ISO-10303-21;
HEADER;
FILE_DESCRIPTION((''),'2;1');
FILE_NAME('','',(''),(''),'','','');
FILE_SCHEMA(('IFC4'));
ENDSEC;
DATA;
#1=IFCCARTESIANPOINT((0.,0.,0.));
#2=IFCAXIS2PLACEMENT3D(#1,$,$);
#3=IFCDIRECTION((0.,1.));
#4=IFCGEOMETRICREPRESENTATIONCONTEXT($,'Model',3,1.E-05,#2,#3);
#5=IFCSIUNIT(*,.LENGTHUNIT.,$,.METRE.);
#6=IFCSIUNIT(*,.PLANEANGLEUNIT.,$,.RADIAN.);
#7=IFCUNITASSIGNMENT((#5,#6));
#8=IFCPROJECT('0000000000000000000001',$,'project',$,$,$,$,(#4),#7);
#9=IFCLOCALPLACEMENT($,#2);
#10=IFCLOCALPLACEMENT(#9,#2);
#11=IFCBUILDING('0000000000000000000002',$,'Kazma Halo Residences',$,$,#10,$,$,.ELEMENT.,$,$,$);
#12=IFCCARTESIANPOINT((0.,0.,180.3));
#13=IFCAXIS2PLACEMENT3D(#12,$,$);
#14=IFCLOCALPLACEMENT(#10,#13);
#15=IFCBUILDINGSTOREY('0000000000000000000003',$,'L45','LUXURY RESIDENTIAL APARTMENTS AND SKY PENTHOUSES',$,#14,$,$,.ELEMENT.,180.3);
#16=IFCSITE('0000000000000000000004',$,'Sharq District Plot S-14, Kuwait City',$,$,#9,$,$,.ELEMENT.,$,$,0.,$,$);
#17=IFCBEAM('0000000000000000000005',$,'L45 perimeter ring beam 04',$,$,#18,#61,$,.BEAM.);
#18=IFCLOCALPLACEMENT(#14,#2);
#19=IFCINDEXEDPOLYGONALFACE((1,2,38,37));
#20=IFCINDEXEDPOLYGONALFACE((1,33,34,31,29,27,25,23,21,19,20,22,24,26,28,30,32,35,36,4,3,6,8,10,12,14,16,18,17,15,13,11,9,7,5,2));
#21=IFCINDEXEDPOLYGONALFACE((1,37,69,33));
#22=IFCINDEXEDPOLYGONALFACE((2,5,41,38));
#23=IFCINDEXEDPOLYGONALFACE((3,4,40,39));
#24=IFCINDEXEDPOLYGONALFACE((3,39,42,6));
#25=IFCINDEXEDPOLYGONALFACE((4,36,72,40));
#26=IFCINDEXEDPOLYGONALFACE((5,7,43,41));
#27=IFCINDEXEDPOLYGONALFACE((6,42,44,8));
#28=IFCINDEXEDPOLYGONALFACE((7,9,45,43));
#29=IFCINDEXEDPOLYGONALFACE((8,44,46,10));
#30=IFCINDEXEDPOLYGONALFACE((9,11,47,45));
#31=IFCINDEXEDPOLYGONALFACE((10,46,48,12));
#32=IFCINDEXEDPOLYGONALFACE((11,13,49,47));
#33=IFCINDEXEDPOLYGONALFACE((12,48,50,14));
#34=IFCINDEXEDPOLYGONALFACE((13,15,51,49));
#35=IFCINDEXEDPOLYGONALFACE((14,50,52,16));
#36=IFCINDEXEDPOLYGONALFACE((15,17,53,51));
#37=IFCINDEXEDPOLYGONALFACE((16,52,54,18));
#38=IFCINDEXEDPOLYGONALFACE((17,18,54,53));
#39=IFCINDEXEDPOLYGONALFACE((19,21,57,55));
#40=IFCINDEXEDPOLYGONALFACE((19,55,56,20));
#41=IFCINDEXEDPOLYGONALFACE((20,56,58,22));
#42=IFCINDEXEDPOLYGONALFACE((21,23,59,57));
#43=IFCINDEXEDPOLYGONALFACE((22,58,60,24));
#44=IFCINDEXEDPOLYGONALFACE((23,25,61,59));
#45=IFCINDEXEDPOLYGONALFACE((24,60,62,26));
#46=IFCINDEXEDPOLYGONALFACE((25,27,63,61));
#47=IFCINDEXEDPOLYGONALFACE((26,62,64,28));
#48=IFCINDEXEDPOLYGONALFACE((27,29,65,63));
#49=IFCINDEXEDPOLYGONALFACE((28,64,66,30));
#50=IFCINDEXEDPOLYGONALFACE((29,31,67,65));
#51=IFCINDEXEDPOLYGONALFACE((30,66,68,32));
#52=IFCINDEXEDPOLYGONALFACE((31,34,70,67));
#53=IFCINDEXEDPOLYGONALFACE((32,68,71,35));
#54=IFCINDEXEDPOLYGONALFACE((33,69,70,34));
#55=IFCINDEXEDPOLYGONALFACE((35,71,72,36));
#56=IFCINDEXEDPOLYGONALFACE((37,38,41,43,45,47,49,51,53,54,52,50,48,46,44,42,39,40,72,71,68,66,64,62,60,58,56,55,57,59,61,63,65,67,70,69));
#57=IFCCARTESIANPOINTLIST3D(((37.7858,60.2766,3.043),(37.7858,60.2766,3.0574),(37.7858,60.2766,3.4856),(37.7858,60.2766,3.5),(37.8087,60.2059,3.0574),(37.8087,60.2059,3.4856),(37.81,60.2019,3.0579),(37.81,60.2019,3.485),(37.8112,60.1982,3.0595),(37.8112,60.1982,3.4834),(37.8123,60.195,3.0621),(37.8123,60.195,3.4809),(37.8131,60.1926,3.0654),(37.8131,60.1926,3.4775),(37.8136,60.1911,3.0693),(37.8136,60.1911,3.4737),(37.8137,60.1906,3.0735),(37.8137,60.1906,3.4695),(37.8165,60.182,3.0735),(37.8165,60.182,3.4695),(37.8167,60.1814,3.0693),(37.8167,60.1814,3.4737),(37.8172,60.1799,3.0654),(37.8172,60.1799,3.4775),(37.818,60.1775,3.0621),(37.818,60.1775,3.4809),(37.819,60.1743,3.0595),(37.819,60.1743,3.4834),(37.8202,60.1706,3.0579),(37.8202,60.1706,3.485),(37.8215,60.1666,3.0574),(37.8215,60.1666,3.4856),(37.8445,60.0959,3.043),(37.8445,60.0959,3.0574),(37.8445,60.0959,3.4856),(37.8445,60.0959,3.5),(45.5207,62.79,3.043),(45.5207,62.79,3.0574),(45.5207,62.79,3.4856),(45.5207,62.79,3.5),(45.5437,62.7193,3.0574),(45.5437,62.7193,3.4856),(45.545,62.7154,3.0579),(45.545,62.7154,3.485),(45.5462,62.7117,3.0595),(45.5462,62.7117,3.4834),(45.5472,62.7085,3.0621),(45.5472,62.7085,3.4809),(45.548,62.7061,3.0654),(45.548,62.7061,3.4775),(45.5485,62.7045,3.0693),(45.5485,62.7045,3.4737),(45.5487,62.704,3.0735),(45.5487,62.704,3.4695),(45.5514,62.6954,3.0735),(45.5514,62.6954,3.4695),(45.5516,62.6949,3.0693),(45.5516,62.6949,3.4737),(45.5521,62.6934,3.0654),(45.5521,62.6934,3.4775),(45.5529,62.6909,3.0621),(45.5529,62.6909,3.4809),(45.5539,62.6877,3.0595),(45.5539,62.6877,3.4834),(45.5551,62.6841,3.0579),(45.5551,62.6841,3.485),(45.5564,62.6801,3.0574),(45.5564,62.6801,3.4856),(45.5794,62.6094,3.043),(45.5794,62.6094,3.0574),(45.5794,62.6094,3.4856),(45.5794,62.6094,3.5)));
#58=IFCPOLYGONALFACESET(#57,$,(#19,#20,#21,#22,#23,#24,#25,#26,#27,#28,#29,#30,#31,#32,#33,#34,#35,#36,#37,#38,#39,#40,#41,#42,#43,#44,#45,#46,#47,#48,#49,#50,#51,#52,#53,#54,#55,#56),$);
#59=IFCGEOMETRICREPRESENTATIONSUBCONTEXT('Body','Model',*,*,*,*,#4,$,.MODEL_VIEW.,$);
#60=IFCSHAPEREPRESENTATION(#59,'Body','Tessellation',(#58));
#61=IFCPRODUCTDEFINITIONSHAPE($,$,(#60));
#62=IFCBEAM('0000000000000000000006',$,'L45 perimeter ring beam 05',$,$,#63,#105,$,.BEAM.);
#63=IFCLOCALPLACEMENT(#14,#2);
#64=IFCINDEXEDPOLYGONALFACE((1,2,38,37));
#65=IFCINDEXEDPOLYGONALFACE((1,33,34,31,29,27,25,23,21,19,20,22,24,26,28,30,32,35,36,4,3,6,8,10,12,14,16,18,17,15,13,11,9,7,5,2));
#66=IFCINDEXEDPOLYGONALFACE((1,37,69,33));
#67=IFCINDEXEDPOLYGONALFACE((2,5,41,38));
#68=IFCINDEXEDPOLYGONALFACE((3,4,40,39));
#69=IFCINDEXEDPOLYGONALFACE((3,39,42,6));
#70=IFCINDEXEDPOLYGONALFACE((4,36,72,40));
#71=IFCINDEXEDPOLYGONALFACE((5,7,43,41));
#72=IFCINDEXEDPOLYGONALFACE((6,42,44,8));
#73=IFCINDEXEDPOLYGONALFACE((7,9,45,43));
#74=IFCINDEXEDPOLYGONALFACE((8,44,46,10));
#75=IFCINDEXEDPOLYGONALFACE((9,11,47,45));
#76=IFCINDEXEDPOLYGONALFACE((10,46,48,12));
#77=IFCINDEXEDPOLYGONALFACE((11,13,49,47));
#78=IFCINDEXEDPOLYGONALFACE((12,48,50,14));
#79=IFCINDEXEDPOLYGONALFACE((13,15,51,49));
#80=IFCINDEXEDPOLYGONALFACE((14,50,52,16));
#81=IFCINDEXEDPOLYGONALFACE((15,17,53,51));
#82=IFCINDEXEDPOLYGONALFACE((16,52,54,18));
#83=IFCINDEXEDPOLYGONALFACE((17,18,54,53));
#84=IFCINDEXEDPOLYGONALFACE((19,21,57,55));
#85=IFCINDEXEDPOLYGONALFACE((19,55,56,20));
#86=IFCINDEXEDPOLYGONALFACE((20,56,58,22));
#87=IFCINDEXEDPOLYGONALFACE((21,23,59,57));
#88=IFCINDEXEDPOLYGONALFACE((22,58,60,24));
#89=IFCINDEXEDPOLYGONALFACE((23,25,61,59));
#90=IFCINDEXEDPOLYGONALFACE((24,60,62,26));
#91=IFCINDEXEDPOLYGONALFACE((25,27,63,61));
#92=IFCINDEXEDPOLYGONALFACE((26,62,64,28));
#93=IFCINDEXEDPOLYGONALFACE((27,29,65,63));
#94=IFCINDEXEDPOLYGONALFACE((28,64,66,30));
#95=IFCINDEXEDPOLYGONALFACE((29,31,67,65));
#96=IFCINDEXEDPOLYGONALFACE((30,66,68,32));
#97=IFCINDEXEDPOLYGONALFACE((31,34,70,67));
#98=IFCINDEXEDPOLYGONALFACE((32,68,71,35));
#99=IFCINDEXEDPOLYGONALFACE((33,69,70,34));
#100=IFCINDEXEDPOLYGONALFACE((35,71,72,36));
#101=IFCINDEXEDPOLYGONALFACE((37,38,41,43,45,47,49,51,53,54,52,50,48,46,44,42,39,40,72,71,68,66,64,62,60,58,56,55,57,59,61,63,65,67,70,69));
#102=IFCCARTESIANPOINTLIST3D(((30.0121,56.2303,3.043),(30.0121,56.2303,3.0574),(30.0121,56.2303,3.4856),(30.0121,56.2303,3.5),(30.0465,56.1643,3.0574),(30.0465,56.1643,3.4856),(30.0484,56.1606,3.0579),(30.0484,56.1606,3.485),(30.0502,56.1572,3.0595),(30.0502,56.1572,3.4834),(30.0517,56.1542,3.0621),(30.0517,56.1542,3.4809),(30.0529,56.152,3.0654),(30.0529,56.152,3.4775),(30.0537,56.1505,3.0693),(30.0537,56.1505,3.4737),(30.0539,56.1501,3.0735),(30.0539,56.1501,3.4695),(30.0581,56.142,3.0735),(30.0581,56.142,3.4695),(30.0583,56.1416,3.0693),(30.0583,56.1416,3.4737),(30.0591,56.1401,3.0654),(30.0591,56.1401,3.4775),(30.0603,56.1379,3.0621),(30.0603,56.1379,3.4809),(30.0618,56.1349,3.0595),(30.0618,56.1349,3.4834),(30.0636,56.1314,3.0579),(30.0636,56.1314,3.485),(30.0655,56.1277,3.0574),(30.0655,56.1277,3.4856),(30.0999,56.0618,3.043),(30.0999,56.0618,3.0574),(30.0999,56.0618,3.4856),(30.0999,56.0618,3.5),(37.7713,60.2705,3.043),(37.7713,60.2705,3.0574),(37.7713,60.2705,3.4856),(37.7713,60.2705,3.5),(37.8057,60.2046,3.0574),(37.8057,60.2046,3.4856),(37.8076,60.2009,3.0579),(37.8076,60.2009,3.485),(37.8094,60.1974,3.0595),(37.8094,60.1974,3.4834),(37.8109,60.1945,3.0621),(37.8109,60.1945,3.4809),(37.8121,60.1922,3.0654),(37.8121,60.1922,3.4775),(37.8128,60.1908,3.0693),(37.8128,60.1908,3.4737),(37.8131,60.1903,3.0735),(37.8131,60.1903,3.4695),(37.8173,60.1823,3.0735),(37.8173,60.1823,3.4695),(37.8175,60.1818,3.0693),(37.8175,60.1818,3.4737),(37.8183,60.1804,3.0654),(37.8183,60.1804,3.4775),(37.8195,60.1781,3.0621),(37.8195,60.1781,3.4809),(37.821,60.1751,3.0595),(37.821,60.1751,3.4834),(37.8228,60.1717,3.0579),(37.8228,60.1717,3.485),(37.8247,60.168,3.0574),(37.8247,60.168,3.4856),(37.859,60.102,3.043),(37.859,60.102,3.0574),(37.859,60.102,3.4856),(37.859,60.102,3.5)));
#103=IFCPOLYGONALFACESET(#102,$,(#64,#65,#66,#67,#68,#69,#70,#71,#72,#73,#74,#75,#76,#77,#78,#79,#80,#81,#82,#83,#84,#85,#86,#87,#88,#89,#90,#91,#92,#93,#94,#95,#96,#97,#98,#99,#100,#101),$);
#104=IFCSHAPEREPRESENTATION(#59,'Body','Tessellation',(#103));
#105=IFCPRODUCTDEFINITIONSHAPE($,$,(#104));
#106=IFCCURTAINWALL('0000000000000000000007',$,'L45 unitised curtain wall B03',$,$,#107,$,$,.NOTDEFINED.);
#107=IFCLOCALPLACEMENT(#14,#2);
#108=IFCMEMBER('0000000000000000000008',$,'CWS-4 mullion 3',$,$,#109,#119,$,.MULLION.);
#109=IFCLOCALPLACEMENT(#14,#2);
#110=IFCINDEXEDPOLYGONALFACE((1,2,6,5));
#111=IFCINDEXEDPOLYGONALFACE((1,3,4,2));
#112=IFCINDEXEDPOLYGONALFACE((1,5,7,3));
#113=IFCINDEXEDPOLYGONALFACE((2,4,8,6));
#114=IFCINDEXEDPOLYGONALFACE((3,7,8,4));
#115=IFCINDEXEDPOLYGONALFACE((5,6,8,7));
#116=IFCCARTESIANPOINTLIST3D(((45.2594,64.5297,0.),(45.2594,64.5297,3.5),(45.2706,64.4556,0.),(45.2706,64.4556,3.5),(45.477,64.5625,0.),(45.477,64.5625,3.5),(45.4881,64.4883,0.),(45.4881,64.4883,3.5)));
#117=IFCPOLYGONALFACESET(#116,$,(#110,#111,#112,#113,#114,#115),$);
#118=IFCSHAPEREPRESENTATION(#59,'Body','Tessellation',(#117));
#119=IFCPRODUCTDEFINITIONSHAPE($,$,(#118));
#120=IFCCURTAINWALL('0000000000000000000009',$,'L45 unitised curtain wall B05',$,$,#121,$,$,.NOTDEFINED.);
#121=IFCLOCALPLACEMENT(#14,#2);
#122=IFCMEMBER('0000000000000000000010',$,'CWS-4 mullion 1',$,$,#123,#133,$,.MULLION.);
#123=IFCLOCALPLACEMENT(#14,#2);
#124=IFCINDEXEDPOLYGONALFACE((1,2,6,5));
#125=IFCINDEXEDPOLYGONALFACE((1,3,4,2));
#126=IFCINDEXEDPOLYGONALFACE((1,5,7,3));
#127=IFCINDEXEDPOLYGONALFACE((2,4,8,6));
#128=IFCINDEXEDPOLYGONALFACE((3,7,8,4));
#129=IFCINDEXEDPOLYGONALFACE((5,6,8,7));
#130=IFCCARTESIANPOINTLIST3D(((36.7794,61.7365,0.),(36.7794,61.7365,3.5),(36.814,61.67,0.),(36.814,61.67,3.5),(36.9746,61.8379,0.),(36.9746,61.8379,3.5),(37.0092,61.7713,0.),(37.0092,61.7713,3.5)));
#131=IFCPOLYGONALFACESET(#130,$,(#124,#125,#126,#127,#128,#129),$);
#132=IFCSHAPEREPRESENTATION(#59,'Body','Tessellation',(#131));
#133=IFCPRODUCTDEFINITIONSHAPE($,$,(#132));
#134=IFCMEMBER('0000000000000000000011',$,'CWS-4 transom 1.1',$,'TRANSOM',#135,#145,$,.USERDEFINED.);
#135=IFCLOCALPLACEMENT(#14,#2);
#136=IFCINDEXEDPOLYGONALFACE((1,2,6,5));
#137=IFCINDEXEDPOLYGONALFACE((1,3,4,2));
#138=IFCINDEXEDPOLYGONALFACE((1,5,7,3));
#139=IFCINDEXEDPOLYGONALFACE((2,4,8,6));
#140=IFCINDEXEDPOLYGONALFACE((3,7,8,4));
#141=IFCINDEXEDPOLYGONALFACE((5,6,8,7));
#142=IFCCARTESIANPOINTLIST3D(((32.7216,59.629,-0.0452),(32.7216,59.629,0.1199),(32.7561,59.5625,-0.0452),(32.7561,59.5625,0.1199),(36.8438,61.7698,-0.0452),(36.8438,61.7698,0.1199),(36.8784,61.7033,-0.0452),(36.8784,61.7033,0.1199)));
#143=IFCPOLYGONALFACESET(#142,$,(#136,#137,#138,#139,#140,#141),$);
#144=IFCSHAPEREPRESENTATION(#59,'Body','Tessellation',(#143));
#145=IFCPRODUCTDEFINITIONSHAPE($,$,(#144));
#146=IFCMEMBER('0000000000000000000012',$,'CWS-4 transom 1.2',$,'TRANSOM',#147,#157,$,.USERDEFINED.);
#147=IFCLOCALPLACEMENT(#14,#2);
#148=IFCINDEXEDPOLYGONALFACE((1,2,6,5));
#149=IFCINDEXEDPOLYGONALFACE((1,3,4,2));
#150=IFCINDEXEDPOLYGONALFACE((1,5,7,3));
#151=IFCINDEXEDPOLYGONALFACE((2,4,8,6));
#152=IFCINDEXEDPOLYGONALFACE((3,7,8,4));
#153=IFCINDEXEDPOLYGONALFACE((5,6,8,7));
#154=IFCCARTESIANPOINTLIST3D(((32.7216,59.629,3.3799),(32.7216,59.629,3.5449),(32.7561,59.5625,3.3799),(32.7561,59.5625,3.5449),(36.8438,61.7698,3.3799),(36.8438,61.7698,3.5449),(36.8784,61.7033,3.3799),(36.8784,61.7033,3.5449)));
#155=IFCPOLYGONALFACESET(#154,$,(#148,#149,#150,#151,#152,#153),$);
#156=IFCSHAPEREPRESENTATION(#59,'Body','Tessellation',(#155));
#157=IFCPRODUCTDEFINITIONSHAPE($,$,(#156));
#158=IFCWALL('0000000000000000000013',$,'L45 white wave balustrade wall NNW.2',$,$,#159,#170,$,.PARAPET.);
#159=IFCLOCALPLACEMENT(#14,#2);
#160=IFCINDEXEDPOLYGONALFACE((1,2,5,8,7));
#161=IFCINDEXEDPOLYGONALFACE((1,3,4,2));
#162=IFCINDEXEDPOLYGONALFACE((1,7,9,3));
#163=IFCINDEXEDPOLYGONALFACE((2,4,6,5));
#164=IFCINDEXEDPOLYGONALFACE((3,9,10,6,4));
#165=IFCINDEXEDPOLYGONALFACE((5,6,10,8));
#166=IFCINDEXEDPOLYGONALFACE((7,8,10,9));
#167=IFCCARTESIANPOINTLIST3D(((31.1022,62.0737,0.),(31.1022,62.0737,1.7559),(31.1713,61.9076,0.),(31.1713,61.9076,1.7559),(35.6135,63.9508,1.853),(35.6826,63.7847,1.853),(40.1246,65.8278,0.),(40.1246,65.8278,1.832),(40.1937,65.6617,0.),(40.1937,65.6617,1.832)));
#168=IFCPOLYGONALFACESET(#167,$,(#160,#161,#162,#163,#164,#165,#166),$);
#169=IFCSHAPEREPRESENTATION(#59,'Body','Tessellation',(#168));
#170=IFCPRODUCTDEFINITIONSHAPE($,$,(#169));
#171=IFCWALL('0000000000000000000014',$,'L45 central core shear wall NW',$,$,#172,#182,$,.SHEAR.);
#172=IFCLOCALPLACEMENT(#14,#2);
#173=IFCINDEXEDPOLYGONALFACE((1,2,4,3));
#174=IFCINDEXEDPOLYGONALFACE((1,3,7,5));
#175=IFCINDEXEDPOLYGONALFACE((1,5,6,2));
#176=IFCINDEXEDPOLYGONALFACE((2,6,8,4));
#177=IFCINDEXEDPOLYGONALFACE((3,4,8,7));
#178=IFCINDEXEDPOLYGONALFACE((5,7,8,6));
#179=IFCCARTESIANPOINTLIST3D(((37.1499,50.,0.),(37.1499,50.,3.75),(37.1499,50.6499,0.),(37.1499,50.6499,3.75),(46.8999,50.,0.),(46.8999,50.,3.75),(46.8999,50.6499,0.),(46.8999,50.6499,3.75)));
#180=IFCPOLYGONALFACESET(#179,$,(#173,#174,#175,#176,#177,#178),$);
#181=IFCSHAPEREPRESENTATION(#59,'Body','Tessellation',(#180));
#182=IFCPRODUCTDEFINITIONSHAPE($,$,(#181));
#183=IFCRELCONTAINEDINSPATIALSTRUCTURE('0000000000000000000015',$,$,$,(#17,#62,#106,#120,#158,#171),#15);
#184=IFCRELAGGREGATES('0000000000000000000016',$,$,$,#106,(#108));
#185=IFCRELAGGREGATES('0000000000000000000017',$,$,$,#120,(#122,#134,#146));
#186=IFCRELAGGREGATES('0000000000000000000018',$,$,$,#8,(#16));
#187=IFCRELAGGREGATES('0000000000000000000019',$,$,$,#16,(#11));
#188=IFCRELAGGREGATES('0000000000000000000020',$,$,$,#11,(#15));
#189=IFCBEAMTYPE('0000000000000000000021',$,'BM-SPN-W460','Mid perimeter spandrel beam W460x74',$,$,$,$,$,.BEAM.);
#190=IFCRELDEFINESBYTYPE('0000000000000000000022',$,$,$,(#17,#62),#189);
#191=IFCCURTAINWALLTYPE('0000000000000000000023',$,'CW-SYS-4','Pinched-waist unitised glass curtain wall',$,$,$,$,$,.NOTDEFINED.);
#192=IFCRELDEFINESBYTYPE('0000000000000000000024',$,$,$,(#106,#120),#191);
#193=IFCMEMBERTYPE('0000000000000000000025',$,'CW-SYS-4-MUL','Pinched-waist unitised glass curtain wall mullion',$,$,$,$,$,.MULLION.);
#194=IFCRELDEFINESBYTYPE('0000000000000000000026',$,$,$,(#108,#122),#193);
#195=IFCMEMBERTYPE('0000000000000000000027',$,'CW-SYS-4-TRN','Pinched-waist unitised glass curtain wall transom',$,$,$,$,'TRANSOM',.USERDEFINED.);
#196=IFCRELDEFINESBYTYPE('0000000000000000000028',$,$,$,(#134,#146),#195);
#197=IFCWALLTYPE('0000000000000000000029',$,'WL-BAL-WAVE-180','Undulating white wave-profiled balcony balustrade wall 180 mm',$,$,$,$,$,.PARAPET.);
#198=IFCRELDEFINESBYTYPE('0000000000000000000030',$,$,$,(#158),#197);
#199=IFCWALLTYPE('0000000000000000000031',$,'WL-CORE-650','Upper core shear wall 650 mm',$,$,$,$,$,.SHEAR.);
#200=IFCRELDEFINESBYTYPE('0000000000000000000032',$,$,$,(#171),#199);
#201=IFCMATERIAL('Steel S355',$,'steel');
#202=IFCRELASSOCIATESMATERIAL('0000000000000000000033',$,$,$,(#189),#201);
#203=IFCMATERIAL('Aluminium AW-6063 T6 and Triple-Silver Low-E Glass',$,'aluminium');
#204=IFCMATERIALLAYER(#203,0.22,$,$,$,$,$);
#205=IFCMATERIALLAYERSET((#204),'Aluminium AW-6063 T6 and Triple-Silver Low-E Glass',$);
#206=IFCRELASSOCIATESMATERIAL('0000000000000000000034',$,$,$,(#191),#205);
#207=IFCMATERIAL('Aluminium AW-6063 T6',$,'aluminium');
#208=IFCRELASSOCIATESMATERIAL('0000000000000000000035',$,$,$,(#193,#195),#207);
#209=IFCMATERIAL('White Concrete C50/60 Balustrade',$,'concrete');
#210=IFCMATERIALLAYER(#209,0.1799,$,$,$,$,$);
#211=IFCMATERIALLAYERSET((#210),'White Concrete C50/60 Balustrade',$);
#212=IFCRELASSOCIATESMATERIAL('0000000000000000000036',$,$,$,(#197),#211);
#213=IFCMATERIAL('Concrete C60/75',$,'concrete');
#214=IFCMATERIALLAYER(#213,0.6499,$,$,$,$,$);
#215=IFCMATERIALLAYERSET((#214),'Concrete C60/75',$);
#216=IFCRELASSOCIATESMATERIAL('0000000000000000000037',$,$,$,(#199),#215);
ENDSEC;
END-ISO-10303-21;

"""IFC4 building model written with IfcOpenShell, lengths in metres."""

from ifc_helpers import new_model, si_unit, direction, frame, frame_2d, origin, origin_2d, place, context, subcontext, project, spatial, polyline, rectangle, i_section, outline, extrude, material, layer, layer_set, material_profile, profile_set, type_object, element, aggregate, save


model = new_model("IFC4")

# Units and contexts
model_context = context("Model", 3, precision=1e-05, world=origin(), true_north=direction((0.0, 1.0)))
body_context = subcontext(model_context, "Body", "Model", "MODEL_VIEW")
ifc_project = project(units=[si_unit("LENGTHUNIT", "METRE"), si_unit("PLANEANGLEUNIT", "RADIAN")], contexts=[model_context])

# Site, building, storey
site_placement = place(None, origin())
site = spatial("IfcSite", under=ifc_project, at=site_placement, Name="Sharq District Plot S-14, Kuwait City", CompositionType="ELEMENT", RefElevation=0.0)
building_placement = place(site_placement, origin())
building = spatial("IfcBuilding", under=site, at=building_placement, Name="Kazma Halo Residences", CompositionType="ELEMENT")
storey_placement = place(building_placement, frame((0.0, 0.0, 180.3)))
storey = spatial("IfcBuildingStorey", under=building, at=storey_placement, Name="L45", Description="LUXURY RESIDENTIAL APARTMENTS AND SKY PENTHOUSES", CompositionType="ELEMENT", Elevation=180.3)

# Beams
ifc_material_1 = material(Name="Steel S355", Category="steel")
ifc_material_profile_1 = material_profile(ifc_material_1, i_section(OverallWidth=0.1899, OverallDepth=0.457, WebThickness=0.009, FlangeThickness=0.0144, FilletRadius=0.0161, at=origin_2d()), Name="W460x74")
ifc_profile_set_1 = profile_set([ifc_material_profile_1], Name="Steel S355")
beam_type_1 = type_object("IfcBeamType", Name="BM-SPN-W460", Description="Mid perimeter spandrel beam W460x74", PredefinedType="BEAM", material=ifc_profile_set_1)
beam_1_placement = place(storey_placement, frame((45.55, 62.6997, 3.2715), z_axis=(-0.951049, -0.309041, 0.0), x_axis=(0.309041, -0.951049, 0.0)))
element("IfcBeam", 1, at=beam_1_placement, inside=storey, type_object=beam_type_1, Name="L45 perimeter ring beam 04", PredefinedType="BEAM", context=body_context, shape_type="SweptSolid", body=[
    extrude(i_section(OverallWidth=0.1899, OverallDepth=0.457, WebThickness=0.009, FlangeThickness=0.0144, FilletRadius=0.0161, at=origin_2d()), origin(), (0.0, 0.0, 1.0), 8.1331),
])
beam_2_placement = place(storey_placement, frame((37.8152, 60.1863, 3.2715), z_axis=(-0.886961, -0.461844, 0.0), x_axis=(0.461844, -0.886961, 0.0)))
element("IfcBeam", 2, at=beam_2_placement, inside=storey, type_object=beam_type_1, Name="L45 perimeter ring beam 05", PredefinedType="BEAM", context=body_context, shape_type="SweptSolid", body=[
    extrude(i_section(OverallWidth=0.1899, OverallDepth=0.457, WebThickness=0.009, FlangeThickness=0.0144, FilletRadius=0.0161, at=origin_2d()), origin(), (0.0, 0.0, 1.0), 8.748),
])

# Curtain wall, member
ifc_material_2 = material(Name="Aluminium AW-6063 T6 and Triple-Silver Low-E Glass", Category="aluminium")
ifc_layer_1 = layer(ifc_material_2, 0.22)
ifc_layer_set_1 = layer_set([ifc_layer_1], Name="Aluminium AW-6063 T6 and Triple-Silver Low-E Glass")
curtain_wall_type = type_object("IfcCurtainWallType", Name="CW-SYS-4", Description="Pinched-waist unitised glass curtain wall", PredefinedType="NOTDEFINED", material=ifc_layer_set_1)
curtain_wall_1_placement = place(storey_placement, origin())
curtain_wall_1 = element("IfcCurtainWall", 3, at=curtain_wall_1_placement, inside=storey, type_object=curtain_wall_type, Name="L45 unitised curtain wall B03", PredefinedType="NOTDEFINED")
ifc_material_3 = material(Name="Aluminium AW-6063 T6", Category="aluminium")
ifc_material_profile_2 = material_profile(ifc_material_3, rectangle(XDim=0.075, YDim=0.22, at=origin_2d()), Name="CWM-75x220")
ifc_profile_set_2 = profile_set([ifc_material_profile_2], Name="Aluminium AW-6063 T6")
member_type_1 = type_object("IfcMemberType", Name="CW-SYS-4-MUL", Description="Pinched-waist unitised glass curtain wall mullion", PredefinedType="MULLION", material=ifc_profile_set_2)
member_1_placement = place(storey_placement, frame((45.3738, 64.509, 0.0), z_axis=(0.0, 0.0, 1.0), x_axis=(0.148773, -0.988871, 0.0)))
member_1 = element("IfcMember", 4, at=member_1_placement, type_object=member_type_1, Name="CWS-4 mullion 3", PredefinedType="MULLION", context=body_context, shape_type="SweptSolid", body=[
    extrude(rectangle(XDim=0.075, YDim=0.22, at=origin_2d()), origin(), (0.0, 0.0, 1.0), 3.5),
])
aggregate(curtain_wall_1, [member_1])

# Curtain wall, members
curtain_wall_2_placement = place(storey_placement, origin())
curtain_wall_2 = element("IfcCurtainWall", 5, at=curtain_wall_2_placement, inside=storey, type_object=curtain_wall_type, Name="L45 unitised curtain wall B05", PredefinedType="NOTDEFINED")
member_2_placement = place(storey_placement, frame((36.8943, 61.7539, 0.0), z_axis=(0.0, 0.0, 1.0), x_axis=(0.460874, -0.887466, 0.0)))
member_2 = element("IfcMember", 6, at=member_2_placement, type_object=member_type_1, Name="CWS-4 mullion 1", PredefinedType="MULLION", context=body_context, shape_type="SweptSolid", body=[
    extrude(rectangle(XDim=0.075, YDim=0.22, at=origin_2d()), origin(), (0.0, 0.0, 1.0), 3.5),
])
ifc_material_profile_3 = material_profile(ifc_material_3, rectangle(XDim=0.075, YDim=0.165, at=origin_2d()), Name="CWT-75x165")
ifc_profile_set_3 = profile_set([ifc_material_profile_3], Name="Aluminium AW-6063 T6")
member_type_2 = type_object("IfcMemberType", Name="CW-SYS-4-TRN", Description="Pinched-waist unitised glass curtain wall transom", ElementType="TRANSOM", PredefinedType="USERDEFINED", material=ifc_profile_set_3)
member_3_placement = place(storey_placement, frame((36.8611, 61.7366, 0.0374), z_axis=(-0.887458, -0.460889, 0.0), x_axis=(0.460889, -0.887458, 0.0)))
member_3 = element("IfcMember", 7, at=member_3_placement, type_object=member_type_2, Name="CWS-4 transom 1.1", ObjectType="TRANSOM", PredefinedType="USERDEFINED", context=body_context, shape_type="SweptSolid", body=[
    extrude(rectangle(XDim=0.075, YDim=0.165, at=origin_2d()), origin(), (0.0, 0.0, 1.0), 4.645),
])
member_4_placement = place(storey_placement, frame((36.8611, 61.7366, 3.4624), z_axis=(-0.887458, -0.460889, 0.0), x_axis=(0.460889, -0.887458, 0.0)))
member_4 = element("IfcMember", 8, at=member_4_placement, type_object=member_type_2, Name="CWS-4 transom 1.2", ObjectType="TRANSOM", PredefinedType="USERDEFINED", context=body_context, shape_type="SweptSolid", body=[
    extrude(rectangle(XDim=0.075, YDim=0.165, at=origin_2d()), origin(), (0.0, 0.0, 1.0), 4.645),
])
aggregate(curtain_wall_2, [member_2, member_3, member_4])

# Walls
ifc_material_4 = material(Name="White Concrete C50/60 Balustrade", Category="concrete")
ifc_layer_2 = layer(ifc_material_4, 0.1799)
ifc_layer_set_2 = layer_set([ifc_layer_2], Name="White Concrete C50/60 Balustrade")
wall_type_1 = type_object("IfcWallType", Name="WL-BAL-WAVE-180", Description="Undulating white wave-profiled balcony balustrade wall 180 mm", PredefinedType="PARAPET", material=ifc_layer_set_2)
wall_1_placement = place(storey_placement, frame((40.1592, 65.7446, 0.0), z_axis=(0.0, 0.0, 1.0), x_axis=(-0.923266, -0.384161, 0.0)))
element("IfcWall", 9, at=wall_1_placement, inside=storey, type_object=wall_type_1, Name="L45 white wave balustrade wall NNW.2", PredefinedType="PARAPET", context=body_context, shape_type="SweptSolid", body=[
    extrude(outline(polyline([(0.0, 0.0), (9.7722, 0.0), (9.7722, 1.7559), (4.886, 1.853), (0.0, 1.832), (0.0, 0.0)])), frame((0.0, 0.0898, 0.0), z_axis=(0.0, -1.0, 0.0), x_axis=(1.0, 0.0, 0.0)), (0.0, 0.0, 1.0), 0.1799),
])
ifc_material_5 = material(Name="Concrete C60/75", Category="concrete")
ifc_layer_3 = layer(ifc_material_5, 0.6499)
ifc_layer_set_3 = layer_set([ifc_layer_3], Name="Concrete C60/75")
wall_type_2 = type_object("IfcWallType", Name="WL-CORE-650", Description="Upper core shear wall 650 mm", PredefinedType="SHEAR", material=ifc_layer_set_3)
wall_2_placement = place(storey_placement, frame((37.1499, 50.325, 0.0), z_axis=(0.0, 0.0, 1.0), x_axis=(1.0, 0.0, 0.0)))
element("IfcWall", 10, at=wall_2_placement, inside=storey, type_object=wall_type_2, Name="L45 central core shear wall NW", PredefinedType="SHEAR", context=body_context, shape_type="SweptSolid", body=[
    extrude(rectangle(XDim=9.75, YDim=0.6499, at=frame_2d((4.875, 0.0))), origin(), (0.0, 0.0, 1.0), 3.75),
])

save(model, "model.ifc")
